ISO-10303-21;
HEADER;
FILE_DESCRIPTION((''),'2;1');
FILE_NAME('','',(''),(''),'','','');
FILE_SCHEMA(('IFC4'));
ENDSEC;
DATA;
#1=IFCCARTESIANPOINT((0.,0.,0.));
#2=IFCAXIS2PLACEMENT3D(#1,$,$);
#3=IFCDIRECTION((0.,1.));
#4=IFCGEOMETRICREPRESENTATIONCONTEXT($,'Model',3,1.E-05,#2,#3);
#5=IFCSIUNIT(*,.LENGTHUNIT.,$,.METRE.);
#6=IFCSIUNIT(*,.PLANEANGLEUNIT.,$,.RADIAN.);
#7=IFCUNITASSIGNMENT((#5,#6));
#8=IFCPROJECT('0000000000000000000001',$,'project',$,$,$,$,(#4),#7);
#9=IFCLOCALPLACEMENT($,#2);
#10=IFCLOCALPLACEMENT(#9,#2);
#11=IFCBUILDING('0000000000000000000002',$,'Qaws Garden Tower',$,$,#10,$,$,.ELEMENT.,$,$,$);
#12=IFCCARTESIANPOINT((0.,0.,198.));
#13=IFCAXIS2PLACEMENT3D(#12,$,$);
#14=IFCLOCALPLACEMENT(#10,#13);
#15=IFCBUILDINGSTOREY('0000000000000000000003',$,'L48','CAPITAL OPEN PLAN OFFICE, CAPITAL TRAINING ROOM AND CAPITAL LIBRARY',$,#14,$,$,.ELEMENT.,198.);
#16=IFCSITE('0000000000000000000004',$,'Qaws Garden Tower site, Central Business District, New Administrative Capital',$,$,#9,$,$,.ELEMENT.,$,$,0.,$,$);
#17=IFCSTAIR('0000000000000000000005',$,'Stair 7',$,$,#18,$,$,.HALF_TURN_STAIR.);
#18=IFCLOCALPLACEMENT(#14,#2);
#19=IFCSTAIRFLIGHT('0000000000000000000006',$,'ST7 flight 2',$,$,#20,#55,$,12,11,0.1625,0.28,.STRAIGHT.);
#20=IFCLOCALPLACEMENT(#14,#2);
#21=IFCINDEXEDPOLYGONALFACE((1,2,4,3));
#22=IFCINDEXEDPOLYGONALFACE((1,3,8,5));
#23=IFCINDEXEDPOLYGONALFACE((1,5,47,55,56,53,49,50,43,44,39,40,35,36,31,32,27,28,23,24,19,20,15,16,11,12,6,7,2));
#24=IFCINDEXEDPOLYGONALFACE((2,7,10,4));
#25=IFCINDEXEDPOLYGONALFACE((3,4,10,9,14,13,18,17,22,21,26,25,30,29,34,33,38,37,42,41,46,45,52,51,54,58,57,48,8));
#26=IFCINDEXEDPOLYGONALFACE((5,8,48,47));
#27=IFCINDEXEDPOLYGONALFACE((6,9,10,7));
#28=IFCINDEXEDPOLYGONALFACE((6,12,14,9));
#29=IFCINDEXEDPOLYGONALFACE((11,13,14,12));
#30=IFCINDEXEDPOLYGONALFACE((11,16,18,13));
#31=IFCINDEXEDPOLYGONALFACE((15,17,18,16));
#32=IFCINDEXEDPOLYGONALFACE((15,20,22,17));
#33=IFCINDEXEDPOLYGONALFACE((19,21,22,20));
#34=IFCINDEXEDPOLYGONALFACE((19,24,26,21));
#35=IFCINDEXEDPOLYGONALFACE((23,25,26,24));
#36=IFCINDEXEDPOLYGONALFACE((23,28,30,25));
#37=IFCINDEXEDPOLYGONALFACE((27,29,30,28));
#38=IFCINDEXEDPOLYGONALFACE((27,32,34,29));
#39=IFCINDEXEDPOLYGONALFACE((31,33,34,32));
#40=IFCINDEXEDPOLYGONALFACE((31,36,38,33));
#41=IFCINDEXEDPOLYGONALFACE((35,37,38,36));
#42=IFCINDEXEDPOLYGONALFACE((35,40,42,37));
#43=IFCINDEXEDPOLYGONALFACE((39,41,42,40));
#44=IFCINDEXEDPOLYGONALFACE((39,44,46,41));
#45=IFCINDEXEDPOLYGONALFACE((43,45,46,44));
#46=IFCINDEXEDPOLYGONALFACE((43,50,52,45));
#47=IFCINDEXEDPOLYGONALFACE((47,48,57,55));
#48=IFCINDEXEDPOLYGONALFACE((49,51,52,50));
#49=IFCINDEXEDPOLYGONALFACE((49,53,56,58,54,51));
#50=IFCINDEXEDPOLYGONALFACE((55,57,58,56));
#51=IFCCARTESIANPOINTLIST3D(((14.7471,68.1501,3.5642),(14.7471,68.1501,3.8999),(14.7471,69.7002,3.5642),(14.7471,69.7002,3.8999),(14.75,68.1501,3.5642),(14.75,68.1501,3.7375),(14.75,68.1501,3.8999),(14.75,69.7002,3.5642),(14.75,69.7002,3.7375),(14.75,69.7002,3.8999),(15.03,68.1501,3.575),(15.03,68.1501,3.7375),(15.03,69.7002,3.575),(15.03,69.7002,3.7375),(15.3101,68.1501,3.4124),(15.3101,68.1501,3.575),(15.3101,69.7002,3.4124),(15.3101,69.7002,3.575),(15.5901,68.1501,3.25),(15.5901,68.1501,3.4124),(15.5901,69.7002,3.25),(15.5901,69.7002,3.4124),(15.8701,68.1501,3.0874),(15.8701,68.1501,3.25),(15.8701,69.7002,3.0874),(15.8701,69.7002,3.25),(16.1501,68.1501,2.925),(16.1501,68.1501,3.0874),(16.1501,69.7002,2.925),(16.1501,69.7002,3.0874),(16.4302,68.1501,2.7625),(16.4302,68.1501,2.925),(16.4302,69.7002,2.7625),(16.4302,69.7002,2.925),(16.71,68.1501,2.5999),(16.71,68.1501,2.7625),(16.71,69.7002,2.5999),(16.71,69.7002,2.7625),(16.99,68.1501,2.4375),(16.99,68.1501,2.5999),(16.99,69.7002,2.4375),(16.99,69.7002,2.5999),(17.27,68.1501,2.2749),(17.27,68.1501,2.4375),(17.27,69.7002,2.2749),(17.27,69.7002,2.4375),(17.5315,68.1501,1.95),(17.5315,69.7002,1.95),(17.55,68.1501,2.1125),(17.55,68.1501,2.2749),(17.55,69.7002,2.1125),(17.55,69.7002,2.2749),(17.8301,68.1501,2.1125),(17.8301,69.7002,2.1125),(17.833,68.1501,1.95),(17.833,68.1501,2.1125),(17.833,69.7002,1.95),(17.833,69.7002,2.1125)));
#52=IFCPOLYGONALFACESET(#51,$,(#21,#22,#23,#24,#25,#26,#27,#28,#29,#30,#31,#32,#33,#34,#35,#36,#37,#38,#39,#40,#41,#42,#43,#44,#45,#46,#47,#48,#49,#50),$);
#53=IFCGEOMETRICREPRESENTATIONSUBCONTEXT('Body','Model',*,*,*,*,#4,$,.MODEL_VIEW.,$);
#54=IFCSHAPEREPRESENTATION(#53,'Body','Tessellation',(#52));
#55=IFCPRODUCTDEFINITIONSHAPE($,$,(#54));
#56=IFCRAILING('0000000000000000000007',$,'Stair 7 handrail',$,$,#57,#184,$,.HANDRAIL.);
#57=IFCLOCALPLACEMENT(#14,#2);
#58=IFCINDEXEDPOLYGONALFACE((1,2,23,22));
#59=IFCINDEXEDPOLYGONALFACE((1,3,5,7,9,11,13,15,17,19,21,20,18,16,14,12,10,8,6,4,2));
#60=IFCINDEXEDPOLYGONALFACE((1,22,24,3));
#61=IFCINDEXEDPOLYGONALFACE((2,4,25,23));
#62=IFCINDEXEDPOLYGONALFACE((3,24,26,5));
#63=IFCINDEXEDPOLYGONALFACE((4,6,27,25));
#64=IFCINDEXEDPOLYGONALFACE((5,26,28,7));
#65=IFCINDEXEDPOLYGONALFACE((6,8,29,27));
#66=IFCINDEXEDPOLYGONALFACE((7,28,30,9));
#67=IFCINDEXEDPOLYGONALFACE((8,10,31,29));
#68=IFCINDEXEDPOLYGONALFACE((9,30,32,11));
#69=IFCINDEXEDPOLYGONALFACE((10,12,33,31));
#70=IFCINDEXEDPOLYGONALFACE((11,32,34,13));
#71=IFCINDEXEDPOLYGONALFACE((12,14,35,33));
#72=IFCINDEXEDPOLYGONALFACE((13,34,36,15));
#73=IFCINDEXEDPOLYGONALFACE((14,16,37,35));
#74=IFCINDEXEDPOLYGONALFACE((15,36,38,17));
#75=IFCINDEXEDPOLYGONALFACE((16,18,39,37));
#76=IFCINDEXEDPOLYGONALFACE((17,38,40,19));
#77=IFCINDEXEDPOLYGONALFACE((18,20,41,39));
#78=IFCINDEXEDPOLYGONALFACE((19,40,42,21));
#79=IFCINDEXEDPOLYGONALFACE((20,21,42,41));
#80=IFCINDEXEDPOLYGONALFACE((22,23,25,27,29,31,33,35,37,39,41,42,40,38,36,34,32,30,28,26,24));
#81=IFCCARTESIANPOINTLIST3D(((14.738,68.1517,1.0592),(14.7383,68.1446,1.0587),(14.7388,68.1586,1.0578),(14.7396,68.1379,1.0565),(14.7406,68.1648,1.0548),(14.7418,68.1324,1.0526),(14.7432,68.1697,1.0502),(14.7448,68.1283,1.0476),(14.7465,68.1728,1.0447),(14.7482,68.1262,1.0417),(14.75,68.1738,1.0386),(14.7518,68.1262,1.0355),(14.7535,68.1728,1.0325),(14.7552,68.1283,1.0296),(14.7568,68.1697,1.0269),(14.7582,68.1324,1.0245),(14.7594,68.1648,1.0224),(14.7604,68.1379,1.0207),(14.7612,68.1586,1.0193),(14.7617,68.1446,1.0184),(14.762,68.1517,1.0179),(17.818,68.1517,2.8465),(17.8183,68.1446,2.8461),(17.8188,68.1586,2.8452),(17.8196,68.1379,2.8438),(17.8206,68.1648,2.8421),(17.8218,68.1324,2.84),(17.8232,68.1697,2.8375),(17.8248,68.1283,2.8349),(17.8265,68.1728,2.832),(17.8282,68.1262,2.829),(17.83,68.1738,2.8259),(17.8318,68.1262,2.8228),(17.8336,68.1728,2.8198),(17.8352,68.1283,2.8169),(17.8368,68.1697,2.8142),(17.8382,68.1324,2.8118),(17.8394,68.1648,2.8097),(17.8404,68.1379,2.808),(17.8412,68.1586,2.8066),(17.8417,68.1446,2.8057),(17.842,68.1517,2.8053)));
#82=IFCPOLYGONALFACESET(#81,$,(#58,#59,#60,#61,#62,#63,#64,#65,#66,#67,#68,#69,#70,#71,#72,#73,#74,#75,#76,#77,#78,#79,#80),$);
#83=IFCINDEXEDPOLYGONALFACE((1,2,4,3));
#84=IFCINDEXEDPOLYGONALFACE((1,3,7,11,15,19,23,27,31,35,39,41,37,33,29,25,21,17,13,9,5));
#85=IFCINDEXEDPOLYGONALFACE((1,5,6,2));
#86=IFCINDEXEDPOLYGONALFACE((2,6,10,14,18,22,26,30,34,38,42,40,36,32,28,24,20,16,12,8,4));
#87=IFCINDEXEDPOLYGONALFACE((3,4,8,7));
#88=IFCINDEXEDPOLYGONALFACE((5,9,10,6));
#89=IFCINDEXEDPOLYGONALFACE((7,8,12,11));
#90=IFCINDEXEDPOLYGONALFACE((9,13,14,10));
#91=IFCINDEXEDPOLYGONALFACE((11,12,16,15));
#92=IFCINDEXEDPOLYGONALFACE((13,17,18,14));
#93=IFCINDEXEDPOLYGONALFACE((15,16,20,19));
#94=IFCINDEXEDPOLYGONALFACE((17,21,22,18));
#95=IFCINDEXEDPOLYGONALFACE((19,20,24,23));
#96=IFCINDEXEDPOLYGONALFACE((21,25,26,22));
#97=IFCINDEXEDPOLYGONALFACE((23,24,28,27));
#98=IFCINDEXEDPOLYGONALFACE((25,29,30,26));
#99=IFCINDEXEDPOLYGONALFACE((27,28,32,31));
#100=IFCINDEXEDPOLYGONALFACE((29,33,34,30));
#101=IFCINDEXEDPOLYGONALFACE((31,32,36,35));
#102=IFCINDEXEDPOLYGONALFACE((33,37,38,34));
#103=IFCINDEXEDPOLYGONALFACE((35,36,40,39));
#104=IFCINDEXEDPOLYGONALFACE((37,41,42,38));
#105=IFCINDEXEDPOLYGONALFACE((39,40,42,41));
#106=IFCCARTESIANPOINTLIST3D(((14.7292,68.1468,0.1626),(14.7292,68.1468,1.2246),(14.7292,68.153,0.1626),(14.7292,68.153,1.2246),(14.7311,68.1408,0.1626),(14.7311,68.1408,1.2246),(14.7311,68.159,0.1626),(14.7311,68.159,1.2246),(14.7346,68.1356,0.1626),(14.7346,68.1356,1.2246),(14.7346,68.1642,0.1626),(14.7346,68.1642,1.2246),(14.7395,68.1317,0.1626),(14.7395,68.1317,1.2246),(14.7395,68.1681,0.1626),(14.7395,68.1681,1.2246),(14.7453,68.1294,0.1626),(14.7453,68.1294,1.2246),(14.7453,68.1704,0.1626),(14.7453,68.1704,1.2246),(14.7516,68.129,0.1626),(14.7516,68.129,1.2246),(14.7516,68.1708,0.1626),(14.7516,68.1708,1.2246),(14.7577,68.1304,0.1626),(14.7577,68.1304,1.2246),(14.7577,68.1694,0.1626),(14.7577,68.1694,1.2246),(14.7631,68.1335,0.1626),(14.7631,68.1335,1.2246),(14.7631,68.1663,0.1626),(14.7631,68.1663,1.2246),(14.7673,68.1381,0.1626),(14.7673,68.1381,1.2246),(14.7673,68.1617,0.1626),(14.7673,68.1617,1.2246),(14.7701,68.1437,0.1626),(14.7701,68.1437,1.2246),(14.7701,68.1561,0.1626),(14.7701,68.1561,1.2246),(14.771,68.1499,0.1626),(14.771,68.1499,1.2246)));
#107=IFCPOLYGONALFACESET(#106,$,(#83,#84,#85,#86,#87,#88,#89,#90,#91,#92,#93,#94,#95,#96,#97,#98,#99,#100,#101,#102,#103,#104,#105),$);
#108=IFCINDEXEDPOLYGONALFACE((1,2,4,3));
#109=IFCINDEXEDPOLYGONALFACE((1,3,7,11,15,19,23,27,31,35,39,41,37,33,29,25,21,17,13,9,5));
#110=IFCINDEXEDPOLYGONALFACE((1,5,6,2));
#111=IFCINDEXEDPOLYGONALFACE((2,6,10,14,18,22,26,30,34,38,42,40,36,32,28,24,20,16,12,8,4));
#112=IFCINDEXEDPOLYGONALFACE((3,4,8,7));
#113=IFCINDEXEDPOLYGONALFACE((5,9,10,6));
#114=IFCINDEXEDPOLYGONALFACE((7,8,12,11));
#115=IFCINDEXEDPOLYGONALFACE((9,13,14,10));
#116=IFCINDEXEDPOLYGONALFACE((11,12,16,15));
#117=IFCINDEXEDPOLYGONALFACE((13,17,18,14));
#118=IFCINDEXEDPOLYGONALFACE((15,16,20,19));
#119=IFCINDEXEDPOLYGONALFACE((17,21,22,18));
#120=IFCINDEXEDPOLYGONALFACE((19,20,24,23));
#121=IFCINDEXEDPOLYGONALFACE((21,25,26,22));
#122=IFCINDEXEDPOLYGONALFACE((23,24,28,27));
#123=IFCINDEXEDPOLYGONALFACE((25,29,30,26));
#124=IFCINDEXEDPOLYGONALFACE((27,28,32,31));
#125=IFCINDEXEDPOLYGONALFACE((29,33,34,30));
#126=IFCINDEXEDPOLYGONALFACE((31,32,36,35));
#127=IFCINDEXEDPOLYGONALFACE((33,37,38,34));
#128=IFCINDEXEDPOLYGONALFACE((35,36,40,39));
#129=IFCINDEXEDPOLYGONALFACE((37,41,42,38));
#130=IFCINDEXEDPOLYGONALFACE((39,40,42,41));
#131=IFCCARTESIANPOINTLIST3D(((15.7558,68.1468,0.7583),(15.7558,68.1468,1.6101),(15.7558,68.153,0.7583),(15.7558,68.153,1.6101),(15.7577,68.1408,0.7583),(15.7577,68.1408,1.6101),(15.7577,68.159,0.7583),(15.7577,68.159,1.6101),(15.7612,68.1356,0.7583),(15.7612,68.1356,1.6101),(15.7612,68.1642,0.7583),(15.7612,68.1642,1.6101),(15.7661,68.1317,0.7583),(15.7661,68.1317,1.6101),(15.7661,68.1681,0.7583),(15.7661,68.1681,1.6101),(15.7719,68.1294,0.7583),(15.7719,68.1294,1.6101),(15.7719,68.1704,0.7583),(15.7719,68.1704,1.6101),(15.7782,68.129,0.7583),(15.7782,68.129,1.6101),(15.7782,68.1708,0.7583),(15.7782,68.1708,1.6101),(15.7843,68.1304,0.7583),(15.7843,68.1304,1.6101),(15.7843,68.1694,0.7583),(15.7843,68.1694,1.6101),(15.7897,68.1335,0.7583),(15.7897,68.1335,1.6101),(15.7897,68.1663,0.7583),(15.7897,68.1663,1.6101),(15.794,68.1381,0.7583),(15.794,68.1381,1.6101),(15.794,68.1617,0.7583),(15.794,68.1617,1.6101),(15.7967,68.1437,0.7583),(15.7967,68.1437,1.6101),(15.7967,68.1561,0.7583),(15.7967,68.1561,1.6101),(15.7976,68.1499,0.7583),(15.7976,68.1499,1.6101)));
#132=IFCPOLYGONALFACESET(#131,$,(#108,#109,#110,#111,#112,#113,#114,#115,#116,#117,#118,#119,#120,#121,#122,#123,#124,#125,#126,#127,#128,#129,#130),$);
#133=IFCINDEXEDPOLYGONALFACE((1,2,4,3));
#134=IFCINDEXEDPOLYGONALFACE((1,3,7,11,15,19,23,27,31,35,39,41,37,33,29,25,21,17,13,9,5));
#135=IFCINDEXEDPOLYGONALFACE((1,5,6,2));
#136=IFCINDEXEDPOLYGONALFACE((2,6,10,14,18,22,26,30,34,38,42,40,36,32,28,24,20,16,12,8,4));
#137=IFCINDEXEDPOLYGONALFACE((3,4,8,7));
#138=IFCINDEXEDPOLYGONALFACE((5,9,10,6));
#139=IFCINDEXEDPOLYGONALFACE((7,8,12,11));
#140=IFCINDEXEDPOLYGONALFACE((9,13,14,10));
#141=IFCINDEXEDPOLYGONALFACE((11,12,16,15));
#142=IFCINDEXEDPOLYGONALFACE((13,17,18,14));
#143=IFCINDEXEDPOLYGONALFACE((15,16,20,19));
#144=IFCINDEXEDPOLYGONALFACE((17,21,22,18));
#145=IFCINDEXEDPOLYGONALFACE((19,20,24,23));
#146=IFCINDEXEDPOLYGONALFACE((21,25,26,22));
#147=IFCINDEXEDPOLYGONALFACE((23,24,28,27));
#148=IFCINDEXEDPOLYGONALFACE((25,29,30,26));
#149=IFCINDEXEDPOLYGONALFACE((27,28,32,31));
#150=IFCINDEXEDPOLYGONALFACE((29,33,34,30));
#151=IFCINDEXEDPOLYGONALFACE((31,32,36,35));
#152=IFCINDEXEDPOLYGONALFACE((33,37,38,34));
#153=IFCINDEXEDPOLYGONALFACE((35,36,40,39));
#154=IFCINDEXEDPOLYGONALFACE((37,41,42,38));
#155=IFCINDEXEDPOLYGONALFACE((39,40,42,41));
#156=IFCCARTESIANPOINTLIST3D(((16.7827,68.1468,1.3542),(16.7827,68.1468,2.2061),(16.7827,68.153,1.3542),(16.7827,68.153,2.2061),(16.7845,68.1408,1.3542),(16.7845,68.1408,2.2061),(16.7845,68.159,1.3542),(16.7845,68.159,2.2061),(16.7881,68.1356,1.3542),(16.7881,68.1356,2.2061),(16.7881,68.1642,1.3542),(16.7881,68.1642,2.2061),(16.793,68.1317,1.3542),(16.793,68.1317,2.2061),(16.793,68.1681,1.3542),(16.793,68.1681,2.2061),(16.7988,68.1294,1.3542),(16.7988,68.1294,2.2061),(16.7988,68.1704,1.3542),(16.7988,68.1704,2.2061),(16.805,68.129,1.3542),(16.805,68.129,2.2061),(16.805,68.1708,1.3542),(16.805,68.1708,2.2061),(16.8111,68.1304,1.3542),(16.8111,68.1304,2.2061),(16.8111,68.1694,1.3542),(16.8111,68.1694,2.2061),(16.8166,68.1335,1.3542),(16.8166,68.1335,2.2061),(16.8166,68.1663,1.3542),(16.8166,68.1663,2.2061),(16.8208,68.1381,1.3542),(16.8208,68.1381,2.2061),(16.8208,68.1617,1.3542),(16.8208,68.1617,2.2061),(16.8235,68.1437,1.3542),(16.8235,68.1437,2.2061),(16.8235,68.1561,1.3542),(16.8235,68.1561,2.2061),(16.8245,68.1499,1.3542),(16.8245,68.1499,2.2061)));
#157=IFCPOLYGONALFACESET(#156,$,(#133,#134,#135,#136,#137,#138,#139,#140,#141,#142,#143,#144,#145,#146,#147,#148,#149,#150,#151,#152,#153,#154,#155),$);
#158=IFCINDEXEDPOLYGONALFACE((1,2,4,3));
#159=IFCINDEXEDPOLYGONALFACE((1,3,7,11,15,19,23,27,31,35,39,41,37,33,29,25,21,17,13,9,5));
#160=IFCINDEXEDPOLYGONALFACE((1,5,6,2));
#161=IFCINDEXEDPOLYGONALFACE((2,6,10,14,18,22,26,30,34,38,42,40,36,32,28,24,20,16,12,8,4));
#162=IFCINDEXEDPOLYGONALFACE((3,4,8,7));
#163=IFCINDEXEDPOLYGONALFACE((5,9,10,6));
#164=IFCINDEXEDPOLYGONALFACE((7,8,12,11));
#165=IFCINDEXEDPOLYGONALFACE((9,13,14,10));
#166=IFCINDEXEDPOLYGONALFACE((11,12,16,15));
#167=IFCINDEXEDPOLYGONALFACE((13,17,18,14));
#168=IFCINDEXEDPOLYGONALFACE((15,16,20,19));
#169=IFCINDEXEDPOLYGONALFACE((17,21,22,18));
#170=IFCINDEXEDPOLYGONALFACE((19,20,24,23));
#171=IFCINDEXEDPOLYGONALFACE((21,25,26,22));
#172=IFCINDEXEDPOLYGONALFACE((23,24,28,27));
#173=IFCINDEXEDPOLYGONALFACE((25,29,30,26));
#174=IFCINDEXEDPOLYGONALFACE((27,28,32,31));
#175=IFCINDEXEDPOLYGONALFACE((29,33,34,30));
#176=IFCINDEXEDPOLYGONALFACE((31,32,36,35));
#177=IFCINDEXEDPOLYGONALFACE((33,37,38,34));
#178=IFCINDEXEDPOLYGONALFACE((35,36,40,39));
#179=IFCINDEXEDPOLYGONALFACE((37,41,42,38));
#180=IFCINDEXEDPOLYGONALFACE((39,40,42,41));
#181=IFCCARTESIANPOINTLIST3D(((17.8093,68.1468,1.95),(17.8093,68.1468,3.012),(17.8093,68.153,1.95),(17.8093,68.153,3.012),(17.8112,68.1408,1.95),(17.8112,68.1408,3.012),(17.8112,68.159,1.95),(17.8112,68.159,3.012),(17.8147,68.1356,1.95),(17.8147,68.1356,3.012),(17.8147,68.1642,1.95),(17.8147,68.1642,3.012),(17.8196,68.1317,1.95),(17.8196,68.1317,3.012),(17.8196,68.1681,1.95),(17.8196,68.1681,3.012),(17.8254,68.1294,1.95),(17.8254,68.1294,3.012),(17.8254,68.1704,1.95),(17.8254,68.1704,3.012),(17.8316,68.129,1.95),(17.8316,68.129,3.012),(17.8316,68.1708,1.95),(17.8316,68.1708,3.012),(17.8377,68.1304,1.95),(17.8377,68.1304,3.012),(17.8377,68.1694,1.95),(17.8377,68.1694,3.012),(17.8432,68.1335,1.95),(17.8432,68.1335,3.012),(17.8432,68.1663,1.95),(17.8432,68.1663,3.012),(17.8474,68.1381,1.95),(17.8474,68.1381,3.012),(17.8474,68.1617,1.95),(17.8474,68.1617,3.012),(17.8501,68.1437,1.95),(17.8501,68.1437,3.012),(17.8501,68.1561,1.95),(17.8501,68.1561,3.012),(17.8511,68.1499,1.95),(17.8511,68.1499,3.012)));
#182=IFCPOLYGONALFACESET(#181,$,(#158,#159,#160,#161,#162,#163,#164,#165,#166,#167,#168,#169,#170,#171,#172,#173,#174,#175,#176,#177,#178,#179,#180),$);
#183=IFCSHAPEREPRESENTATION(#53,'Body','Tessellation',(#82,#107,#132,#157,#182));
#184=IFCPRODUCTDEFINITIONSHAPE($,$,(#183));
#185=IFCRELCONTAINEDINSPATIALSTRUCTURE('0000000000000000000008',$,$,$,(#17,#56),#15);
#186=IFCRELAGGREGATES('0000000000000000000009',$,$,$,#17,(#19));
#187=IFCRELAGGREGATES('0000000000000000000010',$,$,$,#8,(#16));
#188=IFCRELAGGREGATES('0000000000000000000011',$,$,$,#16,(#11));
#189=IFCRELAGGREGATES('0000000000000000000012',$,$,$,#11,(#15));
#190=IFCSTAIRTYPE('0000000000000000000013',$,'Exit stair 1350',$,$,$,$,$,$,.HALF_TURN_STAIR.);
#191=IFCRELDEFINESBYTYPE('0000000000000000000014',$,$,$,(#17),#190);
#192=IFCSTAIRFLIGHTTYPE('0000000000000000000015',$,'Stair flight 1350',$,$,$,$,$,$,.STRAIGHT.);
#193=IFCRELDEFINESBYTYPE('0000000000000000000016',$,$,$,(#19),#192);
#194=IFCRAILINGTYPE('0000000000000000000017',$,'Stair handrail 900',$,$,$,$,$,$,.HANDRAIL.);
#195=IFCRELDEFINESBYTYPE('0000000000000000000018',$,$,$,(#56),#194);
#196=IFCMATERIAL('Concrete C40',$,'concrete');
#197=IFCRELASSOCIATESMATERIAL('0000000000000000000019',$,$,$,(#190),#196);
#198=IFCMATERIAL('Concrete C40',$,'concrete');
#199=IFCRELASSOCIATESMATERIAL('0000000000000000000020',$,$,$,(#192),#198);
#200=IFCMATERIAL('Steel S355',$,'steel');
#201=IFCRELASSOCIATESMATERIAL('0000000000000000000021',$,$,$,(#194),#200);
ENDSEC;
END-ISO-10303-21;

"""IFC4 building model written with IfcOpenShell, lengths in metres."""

from ifc_helpers import new_model, si_unit, direction, frame, origin, origin_2d, place, context, subcontext, project, spatial, polyline, circle, outline, extrude, material, type_object, element, aggregate, save


model = new_model("IFC4")

# Units and contexts
model_context = context("Model", 3, precision=1e-05, world=origin(), true_north=direction((0.0, 1.0)))
body_context = subcontext(model_context, "Body", "Model", "MODEL_VIEW")
ifc_project = project(units=[si_unit("LENGTHUNIT", "METRE"), si_unit("PLANEANGLEUNIT", "RADIAN")], contexts=[model_context])

# Site, building, storey
site_placement = place(None, origin())
site = spatial("IfcSite", under=ifc_project, at=site_placement, Name="Qaws Garden Tower site, Central Business District, New Administrative Capital", CompositionType="ELEMENT", RefElevation=0.0)
building_placement = place(site_placement, origin())
building = spatial("IfcBuilding", under=site, at=building_placement, Name="Qaws Garden Tower", CompositionType="ELEMENT")
storey_placement = place(building_placement, frame((0.0, 0.0, 198.0)))
storey = spatial("IfcBuildingStorey", under=building, at=storey_placement, Name="L48", Description="CAPITAL OPEN PLAN OFFICE, CAPITAL TRAINING ROOM AND CAPITAL LIBRARY", CompositionType="ELEMENT", Elevation=198.0)

# Stair, stair flight
ifc_material_1 = material(Name="Concrete C40", Category="concrete")
stair_type = type_object("IfcStairType", Name="Exit stair 1350", PredefinedType="HALF_TURN_STAIR", material=ifc_material_1)
stair_placement = place(storey_placement, origin())
stair = element("IfcStair", 1, at=stair_placement, inside=storey, type_object=stair_type, Name="Stair 7", PredefinedType="HALF_TURN_STAIR")
ifc_material_2 = material(Name="Concrete C40", Category="concrete")
stair_flight_type = type_object("IfcStairFlightType", Name="Stair flight 1350", PredefinedType="STRAIGHT", material=ifc_material_2)
stair_flight_placement = place(storey_placement, frame((17.8301, 68.925, 1.95), z_axis=(0.0, 0.0, 1.0), x_axis=(-1.0, 0.0, 0.0)))
stair_flight = element("IfcStairFlight", 2, at=stair_flight_placement, type_object=stair_flight_type, Name="ST7 flight 2", NumberOfRisers=12, NumberOfTreads=11, PredefinedType="STRAIGHT", RiserHeight=0.1625, TreadLength=0.28, context=body_context, shape_type="SweptSolid", body=[
    extrude(outline(polyline([(-0.0029, 0.0), (-0.0029, 0.1626), (0.0, 0.1626), (0.28, 0.1626), (0.28, 0.325), (0.5601, 0.325), (0.5601, 0.4875), (0.8401, 0.4875), (0.8401, 0.6499), (1.1201, 0.6499), (1.1201, 0.8125), (1.3999, 0.8125), (1.3999, 0.9751), (1.6799, 0.9751), (1.6799, 1.1375), (1.96, 1.1375), (1.96, 1.3), (2.24, 1.3), (2.24, 1.4624), (2.52, 1.4624), (2.52, 1.625), (2.8, 1.625), (2.8, 1.7876), (3.0801, 1.7876), (3.0801, 1.95), (3.083, 1.95), (3.083, 1.6143), (3.0801, 1.6143), (0.2986, 0.0), (-0.0029, 0.0)])), frame((0.0, 0.7749, 0.0), z_axis=(0.0, -1.0, 0.0), x_axis=(1.0, 0.0, 0.0)), (0.0, 0.0, 1.0), 1.55),
])
aggregate(stair, [stair_flight])

# Railing
ifc_material_3 = material(Name="Steel S355", Category="steel")
railing_type = type_object("IfcRailingType", Name="Stair handrail 900", PredefinedType="HANDRAIL", material=ifc_material_3)
railing_1_placement = place(storey_placement, frame((14.75, 68.1499, 0.1626)))
element("IfcRailing", 3, at=railing_1_placement, inside=storey, type_object=railing_type, Name="Stair 7 handrail", PredefinedType="HANDRAIL", context=body_context, shape_type="SweptSolid", body=[
    extrude(circle(Radius=0.0239, at=origin_2d()), frame((0.0, 0.0, 0.876), z_axis=(0.86492, 0.0, 0.501909), x_axis=(0.0, 1.0, 0.0)), (0.0, 0.0, 1.0), 3.561),
    extrude(circle(Radius=0.021, at=origin_2d()), origin(), (0.0, 0.0, 1.0), 1.062),
    extrude(circle(Radius=0.021, at=origin_2d()), frame((1.0266, 0.0, 0.5957)), (0.0, 0.0, 1.0), 0.8518),
    extrude(circle(Radius=0.021, at=origin_2d()), frame((2.0535, 0.0, 1.1917)), (0.0, 0.0, 1.0), 0.8518),
    extrude(circle(Radius=0.021, at=origin_2d()), frame((3.0801, 0.0, 1.7874)), (0.0, 0.0, 1.0), 1.062),
])

save(model, "model.ifc")
